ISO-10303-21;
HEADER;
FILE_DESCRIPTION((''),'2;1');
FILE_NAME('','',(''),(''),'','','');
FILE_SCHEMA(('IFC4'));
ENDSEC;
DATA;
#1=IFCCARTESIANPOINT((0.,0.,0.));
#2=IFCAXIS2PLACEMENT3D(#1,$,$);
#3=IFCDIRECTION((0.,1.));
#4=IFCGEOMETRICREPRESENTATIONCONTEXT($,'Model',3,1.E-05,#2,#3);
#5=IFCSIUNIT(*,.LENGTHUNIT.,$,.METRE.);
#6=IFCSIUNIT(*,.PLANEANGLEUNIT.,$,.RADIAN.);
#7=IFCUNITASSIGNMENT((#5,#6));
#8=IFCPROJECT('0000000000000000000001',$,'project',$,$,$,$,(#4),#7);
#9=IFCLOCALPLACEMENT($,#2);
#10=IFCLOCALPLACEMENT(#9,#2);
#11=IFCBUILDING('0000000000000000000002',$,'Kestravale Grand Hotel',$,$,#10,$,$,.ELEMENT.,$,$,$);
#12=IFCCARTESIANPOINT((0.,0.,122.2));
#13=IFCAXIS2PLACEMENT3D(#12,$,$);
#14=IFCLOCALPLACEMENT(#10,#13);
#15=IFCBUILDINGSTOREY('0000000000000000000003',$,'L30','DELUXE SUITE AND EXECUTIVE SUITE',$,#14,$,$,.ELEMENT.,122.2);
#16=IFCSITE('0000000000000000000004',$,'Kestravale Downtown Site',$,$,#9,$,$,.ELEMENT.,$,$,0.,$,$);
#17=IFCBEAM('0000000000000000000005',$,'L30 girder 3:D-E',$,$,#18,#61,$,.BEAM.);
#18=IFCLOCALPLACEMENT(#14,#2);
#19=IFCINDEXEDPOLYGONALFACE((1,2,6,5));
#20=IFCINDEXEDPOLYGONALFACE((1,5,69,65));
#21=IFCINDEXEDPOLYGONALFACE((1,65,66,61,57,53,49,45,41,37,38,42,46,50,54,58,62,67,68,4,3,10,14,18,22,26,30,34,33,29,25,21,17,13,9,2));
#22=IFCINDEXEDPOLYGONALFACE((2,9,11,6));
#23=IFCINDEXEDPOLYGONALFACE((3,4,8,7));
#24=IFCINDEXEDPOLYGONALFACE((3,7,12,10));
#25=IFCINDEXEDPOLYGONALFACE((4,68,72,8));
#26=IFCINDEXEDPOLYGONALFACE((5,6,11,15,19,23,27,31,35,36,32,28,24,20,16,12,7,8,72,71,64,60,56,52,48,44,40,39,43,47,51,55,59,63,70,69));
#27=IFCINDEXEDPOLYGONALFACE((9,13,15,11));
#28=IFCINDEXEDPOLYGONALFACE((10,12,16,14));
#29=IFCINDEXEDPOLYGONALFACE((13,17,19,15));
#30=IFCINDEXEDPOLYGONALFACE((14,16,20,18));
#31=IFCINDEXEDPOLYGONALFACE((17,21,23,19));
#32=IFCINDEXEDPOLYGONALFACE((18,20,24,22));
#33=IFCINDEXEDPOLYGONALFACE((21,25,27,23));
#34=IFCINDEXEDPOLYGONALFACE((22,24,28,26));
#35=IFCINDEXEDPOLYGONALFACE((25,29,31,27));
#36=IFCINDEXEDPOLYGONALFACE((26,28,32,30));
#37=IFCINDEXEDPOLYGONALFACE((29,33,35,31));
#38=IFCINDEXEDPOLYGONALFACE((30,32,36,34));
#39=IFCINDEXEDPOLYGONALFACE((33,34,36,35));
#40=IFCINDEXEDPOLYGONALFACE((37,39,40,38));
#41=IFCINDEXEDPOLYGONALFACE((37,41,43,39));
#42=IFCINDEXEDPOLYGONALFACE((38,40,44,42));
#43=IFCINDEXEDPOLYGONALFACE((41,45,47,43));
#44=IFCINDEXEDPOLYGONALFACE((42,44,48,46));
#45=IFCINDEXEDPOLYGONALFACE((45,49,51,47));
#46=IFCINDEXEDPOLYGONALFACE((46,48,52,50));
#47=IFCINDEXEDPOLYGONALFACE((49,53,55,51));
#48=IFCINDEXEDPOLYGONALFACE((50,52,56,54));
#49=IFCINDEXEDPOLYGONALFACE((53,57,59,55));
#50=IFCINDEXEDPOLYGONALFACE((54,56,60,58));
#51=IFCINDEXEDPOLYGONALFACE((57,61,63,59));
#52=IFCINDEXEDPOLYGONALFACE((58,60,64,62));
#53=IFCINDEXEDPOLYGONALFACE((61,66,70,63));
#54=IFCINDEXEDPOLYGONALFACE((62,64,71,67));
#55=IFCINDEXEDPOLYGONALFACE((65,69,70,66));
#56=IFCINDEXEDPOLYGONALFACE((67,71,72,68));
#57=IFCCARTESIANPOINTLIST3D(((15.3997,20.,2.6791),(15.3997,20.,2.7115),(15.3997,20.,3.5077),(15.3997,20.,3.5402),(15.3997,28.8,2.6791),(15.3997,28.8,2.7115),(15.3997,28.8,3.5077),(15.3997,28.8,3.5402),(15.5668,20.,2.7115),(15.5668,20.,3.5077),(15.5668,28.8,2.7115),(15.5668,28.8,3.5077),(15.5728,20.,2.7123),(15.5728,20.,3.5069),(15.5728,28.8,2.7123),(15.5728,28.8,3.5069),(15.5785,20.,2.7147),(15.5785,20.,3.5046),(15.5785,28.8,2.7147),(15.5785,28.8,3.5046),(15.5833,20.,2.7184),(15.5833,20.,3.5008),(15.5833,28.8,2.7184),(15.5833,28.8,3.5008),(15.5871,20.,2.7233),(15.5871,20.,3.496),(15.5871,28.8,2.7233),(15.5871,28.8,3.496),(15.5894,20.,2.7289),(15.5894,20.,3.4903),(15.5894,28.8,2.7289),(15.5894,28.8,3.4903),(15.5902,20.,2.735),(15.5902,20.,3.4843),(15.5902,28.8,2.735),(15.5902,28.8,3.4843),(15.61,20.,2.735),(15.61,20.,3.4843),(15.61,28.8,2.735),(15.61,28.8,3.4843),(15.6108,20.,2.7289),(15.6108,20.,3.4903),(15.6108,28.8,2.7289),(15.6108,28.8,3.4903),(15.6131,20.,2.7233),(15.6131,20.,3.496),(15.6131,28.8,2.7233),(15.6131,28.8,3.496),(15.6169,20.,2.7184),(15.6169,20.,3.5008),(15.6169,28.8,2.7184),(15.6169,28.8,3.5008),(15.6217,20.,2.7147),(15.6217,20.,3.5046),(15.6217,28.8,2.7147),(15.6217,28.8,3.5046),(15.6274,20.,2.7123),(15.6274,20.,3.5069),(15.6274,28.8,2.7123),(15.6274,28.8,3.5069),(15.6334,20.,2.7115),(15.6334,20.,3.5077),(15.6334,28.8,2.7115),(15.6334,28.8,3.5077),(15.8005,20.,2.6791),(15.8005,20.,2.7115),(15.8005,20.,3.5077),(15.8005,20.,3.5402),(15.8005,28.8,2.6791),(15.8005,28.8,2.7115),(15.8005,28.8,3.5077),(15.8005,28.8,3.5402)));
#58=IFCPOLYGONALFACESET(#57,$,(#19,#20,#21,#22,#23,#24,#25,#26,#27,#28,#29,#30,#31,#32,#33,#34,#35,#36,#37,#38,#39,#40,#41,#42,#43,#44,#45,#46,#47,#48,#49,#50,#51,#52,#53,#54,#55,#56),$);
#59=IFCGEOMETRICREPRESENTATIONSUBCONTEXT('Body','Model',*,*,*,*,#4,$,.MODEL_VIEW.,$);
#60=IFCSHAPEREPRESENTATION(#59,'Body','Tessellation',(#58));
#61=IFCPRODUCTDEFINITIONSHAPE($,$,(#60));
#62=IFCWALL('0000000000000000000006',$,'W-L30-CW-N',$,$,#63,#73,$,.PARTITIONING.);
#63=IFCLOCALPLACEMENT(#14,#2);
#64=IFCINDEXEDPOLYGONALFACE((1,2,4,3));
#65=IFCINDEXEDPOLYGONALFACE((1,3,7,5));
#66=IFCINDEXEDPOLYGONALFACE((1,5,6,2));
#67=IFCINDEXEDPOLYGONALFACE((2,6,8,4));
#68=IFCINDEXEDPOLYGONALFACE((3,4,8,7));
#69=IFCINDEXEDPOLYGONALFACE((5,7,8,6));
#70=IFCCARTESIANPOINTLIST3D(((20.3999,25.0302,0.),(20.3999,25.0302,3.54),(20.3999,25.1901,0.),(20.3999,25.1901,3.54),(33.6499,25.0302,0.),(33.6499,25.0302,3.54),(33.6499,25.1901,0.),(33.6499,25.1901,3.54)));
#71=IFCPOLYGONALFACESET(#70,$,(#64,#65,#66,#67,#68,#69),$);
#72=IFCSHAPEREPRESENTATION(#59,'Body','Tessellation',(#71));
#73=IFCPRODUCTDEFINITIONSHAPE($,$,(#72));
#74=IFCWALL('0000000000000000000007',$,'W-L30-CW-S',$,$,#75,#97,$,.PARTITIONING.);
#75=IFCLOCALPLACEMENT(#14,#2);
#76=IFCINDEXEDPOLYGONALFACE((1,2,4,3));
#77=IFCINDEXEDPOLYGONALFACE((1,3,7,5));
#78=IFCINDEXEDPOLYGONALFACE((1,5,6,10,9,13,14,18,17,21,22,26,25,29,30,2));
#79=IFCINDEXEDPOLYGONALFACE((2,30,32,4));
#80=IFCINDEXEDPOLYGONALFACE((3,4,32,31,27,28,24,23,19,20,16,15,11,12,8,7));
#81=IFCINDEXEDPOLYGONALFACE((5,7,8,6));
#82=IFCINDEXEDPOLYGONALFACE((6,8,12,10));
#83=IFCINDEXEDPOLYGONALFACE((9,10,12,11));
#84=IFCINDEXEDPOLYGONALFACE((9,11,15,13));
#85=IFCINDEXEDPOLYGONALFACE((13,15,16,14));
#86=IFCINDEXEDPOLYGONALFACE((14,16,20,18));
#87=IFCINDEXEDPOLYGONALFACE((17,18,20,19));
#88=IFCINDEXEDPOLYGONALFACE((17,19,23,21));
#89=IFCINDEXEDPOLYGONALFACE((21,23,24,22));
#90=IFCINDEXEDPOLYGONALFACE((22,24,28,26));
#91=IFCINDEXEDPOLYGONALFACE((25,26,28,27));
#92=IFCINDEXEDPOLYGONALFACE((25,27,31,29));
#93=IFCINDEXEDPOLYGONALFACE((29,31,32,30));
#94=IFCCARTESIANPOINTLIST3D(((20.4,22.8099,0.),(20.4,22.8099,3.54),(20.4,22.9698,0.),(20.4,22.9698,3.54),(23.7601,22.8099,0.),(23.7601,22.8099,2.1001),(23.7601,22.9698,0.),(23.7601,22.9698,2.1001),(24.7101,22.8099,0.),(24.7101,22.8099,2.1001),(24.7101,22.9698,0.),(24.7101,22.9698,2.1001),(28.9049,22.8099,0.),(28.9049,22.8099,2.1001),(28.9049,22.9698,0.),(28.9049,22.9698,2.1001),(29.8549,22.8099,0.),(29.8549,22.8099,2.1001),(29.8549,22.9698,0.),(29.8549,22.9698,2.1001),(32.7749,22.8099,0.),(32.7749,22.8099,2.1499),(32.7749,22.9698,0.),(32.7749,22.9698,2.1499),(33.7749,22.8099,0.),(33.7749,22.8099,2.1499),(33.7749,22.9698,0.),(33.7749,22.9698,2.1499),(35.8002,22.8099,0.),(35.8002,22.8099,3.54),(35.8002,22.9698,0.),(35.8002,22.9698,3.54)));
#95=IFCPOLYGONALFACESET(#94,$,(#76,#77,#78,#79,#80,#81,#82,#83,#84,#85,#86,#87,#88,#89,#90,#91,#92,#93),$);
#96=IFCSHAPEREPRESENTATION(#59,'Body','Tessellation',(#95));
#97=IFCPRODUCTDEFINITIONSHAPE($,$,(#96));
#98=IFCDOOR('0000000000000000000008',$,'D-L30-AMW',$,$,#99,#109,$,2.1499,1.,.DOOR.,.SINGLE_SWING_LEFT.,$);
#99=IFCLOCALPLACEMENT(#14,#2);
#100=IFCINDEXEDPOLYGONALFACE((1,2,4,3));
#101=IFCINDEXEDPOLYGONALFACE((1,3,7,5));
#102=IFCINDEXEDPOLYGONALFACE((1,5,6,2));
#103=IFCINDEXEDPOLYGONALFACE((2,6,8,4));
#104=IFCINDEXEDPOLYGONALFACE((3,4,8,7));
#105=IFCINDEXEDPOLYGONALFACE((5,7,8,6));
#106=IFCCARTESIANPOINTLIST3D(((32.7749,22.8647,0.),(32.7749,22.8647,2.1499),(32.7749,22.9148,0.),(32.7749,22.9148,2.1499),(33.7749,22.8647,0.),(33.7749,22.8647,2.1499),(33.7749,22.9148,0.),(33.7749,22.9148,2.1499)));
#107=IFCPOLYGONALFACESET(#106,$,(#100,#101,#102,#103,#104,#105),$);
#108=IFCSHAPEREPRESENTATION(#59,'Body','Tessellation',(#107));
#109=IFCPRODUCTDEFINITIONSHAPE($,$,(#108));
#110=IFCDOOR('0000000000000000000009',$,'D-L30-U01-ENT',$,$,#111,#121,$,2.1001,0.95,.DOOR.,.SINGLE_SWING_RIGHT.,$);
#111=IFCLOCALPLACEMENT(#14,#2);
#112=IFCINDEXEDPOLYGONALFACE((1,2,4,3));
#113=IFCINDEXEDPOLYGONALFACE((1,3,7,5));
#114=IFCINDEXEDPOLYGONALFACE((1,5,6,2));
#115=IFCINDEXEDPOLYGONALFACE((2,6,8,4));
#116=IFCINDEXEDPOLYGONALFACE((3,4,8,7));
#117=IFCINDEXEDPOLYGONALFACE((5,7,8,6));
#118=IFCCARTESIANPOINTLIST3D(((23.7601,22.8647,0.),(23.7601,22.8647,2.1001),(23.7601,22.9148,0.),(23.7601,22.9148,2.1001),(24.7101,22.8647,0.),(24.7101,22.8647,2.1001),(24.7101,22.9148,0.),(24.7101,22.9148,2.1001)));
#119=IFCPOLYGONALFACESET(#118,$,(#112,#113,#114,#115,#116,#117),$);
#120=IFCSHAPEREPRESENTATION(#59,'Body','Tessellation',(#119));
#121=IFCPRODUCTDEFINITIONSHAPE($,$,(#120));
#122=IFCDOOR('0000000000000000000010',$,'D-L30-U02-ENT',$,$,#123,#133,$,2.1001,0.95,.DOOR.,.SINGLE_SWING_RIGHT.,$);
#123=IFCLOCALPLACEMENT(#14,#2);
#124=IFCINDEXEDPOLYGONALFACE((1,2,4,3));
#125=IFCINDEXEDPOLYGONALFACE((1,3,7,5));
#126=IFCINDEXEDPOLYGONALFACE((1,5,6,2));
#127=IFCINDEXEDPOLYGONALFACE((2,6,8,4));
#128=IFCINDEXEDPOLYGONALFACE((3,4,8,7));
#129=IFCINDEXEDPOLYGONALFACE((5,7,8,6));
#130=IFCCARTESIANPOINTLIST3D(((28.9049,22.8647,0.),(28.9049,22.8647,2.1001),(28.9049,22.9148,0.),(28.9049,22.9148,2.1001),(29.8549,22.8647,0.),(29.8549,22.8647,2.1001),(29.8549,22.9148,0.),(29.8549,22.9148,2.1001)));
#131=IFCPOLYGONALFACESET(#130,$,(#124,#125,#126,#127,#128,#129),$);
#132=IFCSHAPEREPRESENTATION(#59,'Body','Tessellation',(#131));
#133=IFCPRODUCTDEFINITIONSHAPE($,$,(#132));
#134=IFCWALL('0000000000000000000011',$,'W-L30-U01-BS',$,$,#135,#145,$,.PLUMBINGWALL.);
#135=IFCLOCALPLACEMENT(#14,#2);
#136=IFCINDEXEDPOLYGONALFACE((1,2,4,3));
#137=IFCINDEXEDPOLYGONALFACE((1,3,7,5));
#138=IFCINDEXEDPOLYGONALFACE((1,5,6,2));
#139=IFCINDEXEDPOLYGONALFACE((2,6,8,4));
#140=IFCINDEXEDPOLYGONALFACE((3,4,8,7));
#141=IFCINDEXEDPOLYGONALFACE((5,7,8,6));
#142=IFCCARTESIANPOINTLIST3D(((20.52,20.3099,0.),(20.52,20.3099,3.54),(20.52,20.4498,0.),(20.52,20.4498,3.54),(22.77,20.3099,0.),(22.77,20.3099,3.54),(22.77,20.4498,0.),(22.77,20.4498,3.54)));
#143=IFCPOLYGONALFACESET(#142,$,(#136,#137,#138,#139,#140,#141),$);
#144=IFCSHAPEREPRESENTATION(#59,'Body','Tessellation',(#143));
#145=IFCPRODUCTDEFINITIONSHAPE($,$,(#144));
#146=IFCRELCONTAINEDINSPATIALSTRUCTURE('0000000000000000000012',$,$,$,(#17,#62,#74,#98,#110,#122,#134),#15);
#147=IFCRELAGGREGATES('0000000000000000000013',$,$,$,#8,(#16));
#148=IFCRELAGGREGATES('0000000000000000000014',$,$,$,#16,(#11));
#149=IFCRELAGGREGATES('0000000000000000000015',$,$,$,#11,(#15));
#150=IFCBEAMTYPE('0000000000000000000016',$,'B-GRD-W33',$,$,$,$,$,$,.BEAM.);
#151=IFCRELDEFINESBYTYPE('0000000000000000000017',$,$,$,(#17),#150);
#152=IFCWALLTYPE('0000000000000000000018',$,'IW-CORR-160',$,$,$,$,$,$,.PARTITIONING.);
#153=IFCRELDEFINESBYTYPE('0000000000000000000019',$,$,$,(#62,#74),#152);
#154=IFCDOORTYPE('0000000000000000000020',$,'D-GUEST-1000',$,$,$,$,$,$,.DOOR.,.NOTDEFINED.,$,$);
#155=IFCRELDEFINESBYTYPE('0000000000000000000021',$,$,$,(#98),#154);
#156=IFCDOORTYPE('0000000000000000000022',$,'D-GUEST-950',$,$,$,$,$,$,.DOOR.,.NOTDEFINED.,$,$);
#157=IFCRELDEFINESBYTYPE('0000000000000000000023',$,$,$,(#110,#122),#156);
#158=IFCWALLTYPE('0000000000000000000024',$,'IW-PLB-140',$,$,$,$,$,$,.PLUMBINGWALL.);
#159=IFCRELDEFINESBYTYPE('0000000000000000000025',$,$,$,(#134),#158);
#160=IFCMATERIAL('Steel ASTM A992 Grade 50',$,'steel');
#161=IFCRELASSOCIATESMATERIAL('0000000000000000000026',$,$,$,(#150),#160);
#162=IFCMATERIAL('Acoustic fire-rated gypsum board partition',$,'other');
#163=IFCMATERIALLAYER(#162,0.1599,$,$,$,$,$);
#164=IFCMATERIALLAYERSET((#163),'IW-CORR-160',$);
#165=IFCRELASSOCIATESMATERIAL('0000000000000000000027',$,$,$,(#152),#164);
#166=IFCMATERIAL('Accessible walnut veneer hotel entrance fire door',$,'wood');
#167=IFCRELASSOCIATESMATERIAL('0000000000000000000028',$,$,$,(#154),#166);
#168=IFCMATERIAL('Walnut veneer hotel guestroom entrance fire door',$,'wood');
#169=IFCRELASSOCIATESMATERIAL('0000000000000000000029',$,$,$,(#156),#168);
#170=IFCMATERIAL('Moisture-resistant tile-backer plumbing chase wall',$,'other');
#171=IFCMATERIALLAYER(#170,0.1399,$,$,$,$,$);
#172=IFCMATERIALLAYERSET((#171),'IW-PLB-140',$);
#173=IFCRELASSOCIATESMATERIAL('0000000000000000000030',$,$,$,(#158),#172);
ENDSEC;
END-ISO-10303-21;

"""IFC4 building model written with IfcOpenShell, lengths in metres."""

from ifc_helpers import new_model, si_unit, direction, frame, frame_2d, origin, origin_2d, place, context, subcontext, project, spatial, rectangle, i_section, extrude, material, layer, layer_set, material_profile, profile_set, type_object, element, fill, save


model = new_model("IFC4")

# Units and contexts
model_context = context("Model", 3, precision=1e-05, world=origin(), true_north=direction((0.0, 1.0)))
body_context = subcontext(model_context, "Body", "Model", "MODEL_VIEW")
ifc_project = project(units=[si_unit("LENGTHUNIT", "METRE"), si_unit("PLANEANGLEUNIT", "RADIAN")], contexts=[model_context])

# Site, building, storey
site_placement = place(None, origin())
site = spatial("IfcSite", under=ifc_project, at=site_placement, Name="Kestravale Downtown Site", CompositionType="ELEMENT", RefElevation=0.0)
building_placement = place(site_placement, origin())
building = spatial("IfcBuilding", under=site, at=building_placement, Name="Kestravale Grand Hotel", CompositionType="ELEMENT")
storey_placement = place(building_placement, frame((0.0, 0.0, 122.2)))
storey = spatial("IfcBuildingStorey", under=building, at=storey_placement, Name="L30", Description="DELUXE SUITE AND EXECUTIVE SUITE", CompositionType="ELEMENT", Elevation=122.2)

# Beam
ifc_material_1 = material(Name="Steel ASTM A992 Grade 50", Category="steel")
ifc_material_profile_1 = material_profile(ifc_material_1, i_section(OverallWidth=0.4009, OverallDepth=0.8611, WebThickness=0.0198, FlangeThickness=0.0325, FilletRadius=0.0234, at=origin_2d()))
ifc_profile_set_1 = profile_set([ifc_material_profile_1], Name="Steel ASTM A992 Grade 50")
beam_type_1 = type_object("IfcBeamType", Name="B-GRD-W33", PredefinedType="BEAM", material=ifc_profile_set_1)
for number, where, z_axis, x_axis, name in (
    (1, (15.6001, 20.0, 3.1096), (0.0, 1.0, 0.0), (-1.0, 0.0, 0.0), "L30 girder 3:D-E"),
):
    element("IfcBeam", number, at=place(storey_placement, frame(where, z_axis=z_axis, x_axis=x_axis)), inside=storey, type_object=beam_type_1, Name=name, PredefinedType="BEAM", context=body_context, shape_type="SweptSolid", body=[
        extrude(i_section(OverallWidth=0.4009, OverallDepth=0.8611, WebThickness=0.0198, FlangeThickness=0.0325, FilletRadius=0.0234, at=origin_2d()), origin(), (0.0, 0.0, 1.0), 8.8),
    ])

# Wall
ifc_material_2 = material(Name="Acoustic fire-rated gypsum board partition", Category="other")
ifc_layer_1 = layer(ifc_material_2, 0.1599)
ifc_layer_set_1 = layer_set([ifc_layer_1], Name="IW-CORR-160")
wall_type_1 = type_object("IfcWallType", Name="IW-CORR-160", PredefinedType="PARTITIONING", material=ifc_layer_set_1)
wall_1_placement = place(storey_placement, frame((20.3999, 25.1101, 0.0), z_axis=(0.0, 0.0, 1.0), x_axis=(1.0, 0.0, 0.0)))
element("IfcWall", 2, at=wall_1_placement, inside=storey, type_object=wall_type_1, Name="W-L30-CW-N", PredefinedType="PARTITIONING", context=body_context, shape_type="SweptSolid", body=[
    extrude(rectangle(XDim=13.25, YDim=0.1599, at=frame_2d((6.625, 0.0))), origin(), (0.0, 0.0, 1.0), 3.54),
])

# Wall, openings, doors
wall_2_placement = place(storey_placement, frame((20.3999, 22.8899, 0.0), z_axis=(0.0, 0.0, 1.0), x_axis=(1.0, 0.0, 0.0)))
wall_2 = element("IfcWall", 3, at=wall_2_placement, inside=storey, type_object=wall_type_1, Name="W-L30-CW-S", PredefinedType="PARTITIONING", context=body_context, shape_type="SweptSolid", body=[
    extrude(rectangle(XDim=15.4001, YDim=0.1599, at=frame_2d((7.7002, 0.0))), origin(), (0.0, 0.0, 1.0), 3.54),
])
opening_1_placement = place(wall_2_placement, frame((3.3601, 0.0, 0.0)))
opening_1 = element("IfcOpeningElement", 4, at=opening_1_placement, cuts=wall_2, PredefinedType="OPENING", context=body_context, shape_type="SweptSolid", body=[
    extrude(rectangle(XDim=0.95, YDim=2.1001, at=frame_2d((0.4751, 1.05))), frame((0.0, 0.0898, 0.0), z_axis=(0.0, -1.0, 0.0), x_axis=(1.0, 0.0, 0.0)), (0.0, 0.0, 1.0), 0.1799),
])
opening_2_placement = place(wall_2_placement, frame((8.5049, 0.0, 0.0)))
opening_2 = element("IfcOpeningElement", 5, at=opening_2_placement, cuts=wall_2, PredefinedType="OPENING", context=body_context, shape_type="SweptSolid", body=[
    extrude(rectangle(XDim=0.95, YDim=2.1001, at=frame_2d((0.4751, 1.05))), frame((0.0, 0.0898, 0.0), z_axis=(0.0, -1.0, 0.0), x_axis=(1.0, 0.0, 0.0)), (0.0, 0.0, 1.0), 0.1799),
])
opening_3_placement = place(wall_2_placement, frame((12.375, 0.0, 0.0)))
opening_3 = element("IfcOpeningElement", 6, at=opening_3_placement, cuts=wall_2, PredefinedType="OPENING", context=body_context, shape_type="SweptSolid", body=[
    extrude(rectangle(XDim=1.0, YDim=2.1499, at=frame_2d((0.5, 1.075))), frame((0.0, 0.0898, 0.0), z_axis=(0.0, -1.0, 0.0), x_axis=(1.0, 0.0, 0.0)), (0.0, 0.0, 1.0), 0.1799),
])
ifc_material_3 = material(Name="Accessible walnut veneer hotel entrance fire door", Category="wood")
door_type_1 = type_object("IfcDoorType", Name="D-GUEST-1000", OperationType="NOTDEFINED", PredefinedType="DOOR", material=ifc_material_3)
door_1_placement = place(opening_3_placement, origin())
door_1 = element("IfcDoor", 7, at=door_1_placement, inside=storey, type_object=door_type_1, Name="D-L30-AMW", OperationType="SINGLE_SWING_LEFT", OverallHeight=2.1499, OverallWidth=1.0, PredefinedType="DOOR", context=body_context, shape_type="SweptSolid", body=[
    extrude(rectangle(XDim=1.0, YDim=2.1499, at=frame_2d((0.5, 1.075))), frame((0.0, 0.0249, 0.0), z_axis=(0.0, -1.0, 0.0), x_axis=(1.0, 0.0, 0.0)), (0.0, 0.0, 1.0), 0.05),
])
fill(opening_3, door_1)
ifc_material_4 = material(Name="Walnut veneer hotel guestroom entrance fire door", Category="wood")
door_type_2 = type_object("IfcDoorType", Name="D-GUEST-950", OperationType="NOTDEFINED", PredefinedType="DOOR", material=ifc_material_4)
door_2_placement = place(opening_1_placement, origin())
door_2 = element("IfcDoor", 8, at=door_2_placement, inside=storey, type_object=door_type_2, Name="D-L30-U01-ENT", OperationType="SINGLE_SWING_RIGHT", OverallHeight=2.1001, OverallWidth=0.95, PredefinedType="DOOR", context=body_context, shape_type="SweptSolid", body=[
    extrude(rectangle(XDim=0.95, YDim=2.1001, at=frame_2d((0.4751, 1.05))), frame((0.0, 0.0249, 0.0), z_axis=(0.0, -1.0, 0.0), x_axis=(1.0, 0.0, 0.0)), (0.0, 0.0, 1.0), 0.05),
])
fill(opening_1, door_2)
door_3_placement = place(opening_2_placement, origin())
door_3 = element("IfcDoor", 9, at=door_3_placement, inside=storey, type_object=door_type_2, Name="D-L30-U02-ENT", OperationType="SINGLE_SWING_RIGHT", OverallHeight=2.1001, OverallWidth=0.95, PredefinedType="DOOR", context=body_context, shape_type="SweptSolid", body=[
    extrude(rectangle(XDim=0.95, YDim=2.1001, at=frame_2d((0.4751, 1.05))), frame((0.0, 0.0249, 0.0), z_axis=(0.0, -1.0, 0.0), x_axis=(1.0, 0.0, 0.0)), (0.0, 0.0, 1.0), 0.05),
])
fill(opening_2, door_3)

# Wall
ifc_material_5 = material(Name="Moisture-resistant tile-backer plumbing chase wall", Category="other")
ifc_layer_2 = layer(ifc_material_5, 0.1399)
ifc_layer_set_2 = layer_set([ifc_layer_2], Name="IW-PLB-140")
wall_type_2 = type_object("IfcWallType", Name="IW-PLB-140", PredefinedType="PLUMBINGWALL", material=ifc_layer_set_2)
wall_3_placement = place(storey_placement, frame((20.52, 20.3799, 0.0), z_axis=(0.0, 0.0, 1.0), x_axis=(1.0, 0.0, 0.0)))
element("IfcWall", 10, at=wall_3_placement, inside=storey, type_object=wall_type_2, Name="W-L30-U01-BS", PredefinedType="PLUMBINGWALL", context=body_context, shape_type="SweptSolid", body=[
    extrude(rectangle(XDim=2.25, YDim=0.1399, at=frame_2d((1.125, 0.0))), origin(), (0.0, 0.0, 1.0), 3.54),
])

save(model, "model.ifc")
